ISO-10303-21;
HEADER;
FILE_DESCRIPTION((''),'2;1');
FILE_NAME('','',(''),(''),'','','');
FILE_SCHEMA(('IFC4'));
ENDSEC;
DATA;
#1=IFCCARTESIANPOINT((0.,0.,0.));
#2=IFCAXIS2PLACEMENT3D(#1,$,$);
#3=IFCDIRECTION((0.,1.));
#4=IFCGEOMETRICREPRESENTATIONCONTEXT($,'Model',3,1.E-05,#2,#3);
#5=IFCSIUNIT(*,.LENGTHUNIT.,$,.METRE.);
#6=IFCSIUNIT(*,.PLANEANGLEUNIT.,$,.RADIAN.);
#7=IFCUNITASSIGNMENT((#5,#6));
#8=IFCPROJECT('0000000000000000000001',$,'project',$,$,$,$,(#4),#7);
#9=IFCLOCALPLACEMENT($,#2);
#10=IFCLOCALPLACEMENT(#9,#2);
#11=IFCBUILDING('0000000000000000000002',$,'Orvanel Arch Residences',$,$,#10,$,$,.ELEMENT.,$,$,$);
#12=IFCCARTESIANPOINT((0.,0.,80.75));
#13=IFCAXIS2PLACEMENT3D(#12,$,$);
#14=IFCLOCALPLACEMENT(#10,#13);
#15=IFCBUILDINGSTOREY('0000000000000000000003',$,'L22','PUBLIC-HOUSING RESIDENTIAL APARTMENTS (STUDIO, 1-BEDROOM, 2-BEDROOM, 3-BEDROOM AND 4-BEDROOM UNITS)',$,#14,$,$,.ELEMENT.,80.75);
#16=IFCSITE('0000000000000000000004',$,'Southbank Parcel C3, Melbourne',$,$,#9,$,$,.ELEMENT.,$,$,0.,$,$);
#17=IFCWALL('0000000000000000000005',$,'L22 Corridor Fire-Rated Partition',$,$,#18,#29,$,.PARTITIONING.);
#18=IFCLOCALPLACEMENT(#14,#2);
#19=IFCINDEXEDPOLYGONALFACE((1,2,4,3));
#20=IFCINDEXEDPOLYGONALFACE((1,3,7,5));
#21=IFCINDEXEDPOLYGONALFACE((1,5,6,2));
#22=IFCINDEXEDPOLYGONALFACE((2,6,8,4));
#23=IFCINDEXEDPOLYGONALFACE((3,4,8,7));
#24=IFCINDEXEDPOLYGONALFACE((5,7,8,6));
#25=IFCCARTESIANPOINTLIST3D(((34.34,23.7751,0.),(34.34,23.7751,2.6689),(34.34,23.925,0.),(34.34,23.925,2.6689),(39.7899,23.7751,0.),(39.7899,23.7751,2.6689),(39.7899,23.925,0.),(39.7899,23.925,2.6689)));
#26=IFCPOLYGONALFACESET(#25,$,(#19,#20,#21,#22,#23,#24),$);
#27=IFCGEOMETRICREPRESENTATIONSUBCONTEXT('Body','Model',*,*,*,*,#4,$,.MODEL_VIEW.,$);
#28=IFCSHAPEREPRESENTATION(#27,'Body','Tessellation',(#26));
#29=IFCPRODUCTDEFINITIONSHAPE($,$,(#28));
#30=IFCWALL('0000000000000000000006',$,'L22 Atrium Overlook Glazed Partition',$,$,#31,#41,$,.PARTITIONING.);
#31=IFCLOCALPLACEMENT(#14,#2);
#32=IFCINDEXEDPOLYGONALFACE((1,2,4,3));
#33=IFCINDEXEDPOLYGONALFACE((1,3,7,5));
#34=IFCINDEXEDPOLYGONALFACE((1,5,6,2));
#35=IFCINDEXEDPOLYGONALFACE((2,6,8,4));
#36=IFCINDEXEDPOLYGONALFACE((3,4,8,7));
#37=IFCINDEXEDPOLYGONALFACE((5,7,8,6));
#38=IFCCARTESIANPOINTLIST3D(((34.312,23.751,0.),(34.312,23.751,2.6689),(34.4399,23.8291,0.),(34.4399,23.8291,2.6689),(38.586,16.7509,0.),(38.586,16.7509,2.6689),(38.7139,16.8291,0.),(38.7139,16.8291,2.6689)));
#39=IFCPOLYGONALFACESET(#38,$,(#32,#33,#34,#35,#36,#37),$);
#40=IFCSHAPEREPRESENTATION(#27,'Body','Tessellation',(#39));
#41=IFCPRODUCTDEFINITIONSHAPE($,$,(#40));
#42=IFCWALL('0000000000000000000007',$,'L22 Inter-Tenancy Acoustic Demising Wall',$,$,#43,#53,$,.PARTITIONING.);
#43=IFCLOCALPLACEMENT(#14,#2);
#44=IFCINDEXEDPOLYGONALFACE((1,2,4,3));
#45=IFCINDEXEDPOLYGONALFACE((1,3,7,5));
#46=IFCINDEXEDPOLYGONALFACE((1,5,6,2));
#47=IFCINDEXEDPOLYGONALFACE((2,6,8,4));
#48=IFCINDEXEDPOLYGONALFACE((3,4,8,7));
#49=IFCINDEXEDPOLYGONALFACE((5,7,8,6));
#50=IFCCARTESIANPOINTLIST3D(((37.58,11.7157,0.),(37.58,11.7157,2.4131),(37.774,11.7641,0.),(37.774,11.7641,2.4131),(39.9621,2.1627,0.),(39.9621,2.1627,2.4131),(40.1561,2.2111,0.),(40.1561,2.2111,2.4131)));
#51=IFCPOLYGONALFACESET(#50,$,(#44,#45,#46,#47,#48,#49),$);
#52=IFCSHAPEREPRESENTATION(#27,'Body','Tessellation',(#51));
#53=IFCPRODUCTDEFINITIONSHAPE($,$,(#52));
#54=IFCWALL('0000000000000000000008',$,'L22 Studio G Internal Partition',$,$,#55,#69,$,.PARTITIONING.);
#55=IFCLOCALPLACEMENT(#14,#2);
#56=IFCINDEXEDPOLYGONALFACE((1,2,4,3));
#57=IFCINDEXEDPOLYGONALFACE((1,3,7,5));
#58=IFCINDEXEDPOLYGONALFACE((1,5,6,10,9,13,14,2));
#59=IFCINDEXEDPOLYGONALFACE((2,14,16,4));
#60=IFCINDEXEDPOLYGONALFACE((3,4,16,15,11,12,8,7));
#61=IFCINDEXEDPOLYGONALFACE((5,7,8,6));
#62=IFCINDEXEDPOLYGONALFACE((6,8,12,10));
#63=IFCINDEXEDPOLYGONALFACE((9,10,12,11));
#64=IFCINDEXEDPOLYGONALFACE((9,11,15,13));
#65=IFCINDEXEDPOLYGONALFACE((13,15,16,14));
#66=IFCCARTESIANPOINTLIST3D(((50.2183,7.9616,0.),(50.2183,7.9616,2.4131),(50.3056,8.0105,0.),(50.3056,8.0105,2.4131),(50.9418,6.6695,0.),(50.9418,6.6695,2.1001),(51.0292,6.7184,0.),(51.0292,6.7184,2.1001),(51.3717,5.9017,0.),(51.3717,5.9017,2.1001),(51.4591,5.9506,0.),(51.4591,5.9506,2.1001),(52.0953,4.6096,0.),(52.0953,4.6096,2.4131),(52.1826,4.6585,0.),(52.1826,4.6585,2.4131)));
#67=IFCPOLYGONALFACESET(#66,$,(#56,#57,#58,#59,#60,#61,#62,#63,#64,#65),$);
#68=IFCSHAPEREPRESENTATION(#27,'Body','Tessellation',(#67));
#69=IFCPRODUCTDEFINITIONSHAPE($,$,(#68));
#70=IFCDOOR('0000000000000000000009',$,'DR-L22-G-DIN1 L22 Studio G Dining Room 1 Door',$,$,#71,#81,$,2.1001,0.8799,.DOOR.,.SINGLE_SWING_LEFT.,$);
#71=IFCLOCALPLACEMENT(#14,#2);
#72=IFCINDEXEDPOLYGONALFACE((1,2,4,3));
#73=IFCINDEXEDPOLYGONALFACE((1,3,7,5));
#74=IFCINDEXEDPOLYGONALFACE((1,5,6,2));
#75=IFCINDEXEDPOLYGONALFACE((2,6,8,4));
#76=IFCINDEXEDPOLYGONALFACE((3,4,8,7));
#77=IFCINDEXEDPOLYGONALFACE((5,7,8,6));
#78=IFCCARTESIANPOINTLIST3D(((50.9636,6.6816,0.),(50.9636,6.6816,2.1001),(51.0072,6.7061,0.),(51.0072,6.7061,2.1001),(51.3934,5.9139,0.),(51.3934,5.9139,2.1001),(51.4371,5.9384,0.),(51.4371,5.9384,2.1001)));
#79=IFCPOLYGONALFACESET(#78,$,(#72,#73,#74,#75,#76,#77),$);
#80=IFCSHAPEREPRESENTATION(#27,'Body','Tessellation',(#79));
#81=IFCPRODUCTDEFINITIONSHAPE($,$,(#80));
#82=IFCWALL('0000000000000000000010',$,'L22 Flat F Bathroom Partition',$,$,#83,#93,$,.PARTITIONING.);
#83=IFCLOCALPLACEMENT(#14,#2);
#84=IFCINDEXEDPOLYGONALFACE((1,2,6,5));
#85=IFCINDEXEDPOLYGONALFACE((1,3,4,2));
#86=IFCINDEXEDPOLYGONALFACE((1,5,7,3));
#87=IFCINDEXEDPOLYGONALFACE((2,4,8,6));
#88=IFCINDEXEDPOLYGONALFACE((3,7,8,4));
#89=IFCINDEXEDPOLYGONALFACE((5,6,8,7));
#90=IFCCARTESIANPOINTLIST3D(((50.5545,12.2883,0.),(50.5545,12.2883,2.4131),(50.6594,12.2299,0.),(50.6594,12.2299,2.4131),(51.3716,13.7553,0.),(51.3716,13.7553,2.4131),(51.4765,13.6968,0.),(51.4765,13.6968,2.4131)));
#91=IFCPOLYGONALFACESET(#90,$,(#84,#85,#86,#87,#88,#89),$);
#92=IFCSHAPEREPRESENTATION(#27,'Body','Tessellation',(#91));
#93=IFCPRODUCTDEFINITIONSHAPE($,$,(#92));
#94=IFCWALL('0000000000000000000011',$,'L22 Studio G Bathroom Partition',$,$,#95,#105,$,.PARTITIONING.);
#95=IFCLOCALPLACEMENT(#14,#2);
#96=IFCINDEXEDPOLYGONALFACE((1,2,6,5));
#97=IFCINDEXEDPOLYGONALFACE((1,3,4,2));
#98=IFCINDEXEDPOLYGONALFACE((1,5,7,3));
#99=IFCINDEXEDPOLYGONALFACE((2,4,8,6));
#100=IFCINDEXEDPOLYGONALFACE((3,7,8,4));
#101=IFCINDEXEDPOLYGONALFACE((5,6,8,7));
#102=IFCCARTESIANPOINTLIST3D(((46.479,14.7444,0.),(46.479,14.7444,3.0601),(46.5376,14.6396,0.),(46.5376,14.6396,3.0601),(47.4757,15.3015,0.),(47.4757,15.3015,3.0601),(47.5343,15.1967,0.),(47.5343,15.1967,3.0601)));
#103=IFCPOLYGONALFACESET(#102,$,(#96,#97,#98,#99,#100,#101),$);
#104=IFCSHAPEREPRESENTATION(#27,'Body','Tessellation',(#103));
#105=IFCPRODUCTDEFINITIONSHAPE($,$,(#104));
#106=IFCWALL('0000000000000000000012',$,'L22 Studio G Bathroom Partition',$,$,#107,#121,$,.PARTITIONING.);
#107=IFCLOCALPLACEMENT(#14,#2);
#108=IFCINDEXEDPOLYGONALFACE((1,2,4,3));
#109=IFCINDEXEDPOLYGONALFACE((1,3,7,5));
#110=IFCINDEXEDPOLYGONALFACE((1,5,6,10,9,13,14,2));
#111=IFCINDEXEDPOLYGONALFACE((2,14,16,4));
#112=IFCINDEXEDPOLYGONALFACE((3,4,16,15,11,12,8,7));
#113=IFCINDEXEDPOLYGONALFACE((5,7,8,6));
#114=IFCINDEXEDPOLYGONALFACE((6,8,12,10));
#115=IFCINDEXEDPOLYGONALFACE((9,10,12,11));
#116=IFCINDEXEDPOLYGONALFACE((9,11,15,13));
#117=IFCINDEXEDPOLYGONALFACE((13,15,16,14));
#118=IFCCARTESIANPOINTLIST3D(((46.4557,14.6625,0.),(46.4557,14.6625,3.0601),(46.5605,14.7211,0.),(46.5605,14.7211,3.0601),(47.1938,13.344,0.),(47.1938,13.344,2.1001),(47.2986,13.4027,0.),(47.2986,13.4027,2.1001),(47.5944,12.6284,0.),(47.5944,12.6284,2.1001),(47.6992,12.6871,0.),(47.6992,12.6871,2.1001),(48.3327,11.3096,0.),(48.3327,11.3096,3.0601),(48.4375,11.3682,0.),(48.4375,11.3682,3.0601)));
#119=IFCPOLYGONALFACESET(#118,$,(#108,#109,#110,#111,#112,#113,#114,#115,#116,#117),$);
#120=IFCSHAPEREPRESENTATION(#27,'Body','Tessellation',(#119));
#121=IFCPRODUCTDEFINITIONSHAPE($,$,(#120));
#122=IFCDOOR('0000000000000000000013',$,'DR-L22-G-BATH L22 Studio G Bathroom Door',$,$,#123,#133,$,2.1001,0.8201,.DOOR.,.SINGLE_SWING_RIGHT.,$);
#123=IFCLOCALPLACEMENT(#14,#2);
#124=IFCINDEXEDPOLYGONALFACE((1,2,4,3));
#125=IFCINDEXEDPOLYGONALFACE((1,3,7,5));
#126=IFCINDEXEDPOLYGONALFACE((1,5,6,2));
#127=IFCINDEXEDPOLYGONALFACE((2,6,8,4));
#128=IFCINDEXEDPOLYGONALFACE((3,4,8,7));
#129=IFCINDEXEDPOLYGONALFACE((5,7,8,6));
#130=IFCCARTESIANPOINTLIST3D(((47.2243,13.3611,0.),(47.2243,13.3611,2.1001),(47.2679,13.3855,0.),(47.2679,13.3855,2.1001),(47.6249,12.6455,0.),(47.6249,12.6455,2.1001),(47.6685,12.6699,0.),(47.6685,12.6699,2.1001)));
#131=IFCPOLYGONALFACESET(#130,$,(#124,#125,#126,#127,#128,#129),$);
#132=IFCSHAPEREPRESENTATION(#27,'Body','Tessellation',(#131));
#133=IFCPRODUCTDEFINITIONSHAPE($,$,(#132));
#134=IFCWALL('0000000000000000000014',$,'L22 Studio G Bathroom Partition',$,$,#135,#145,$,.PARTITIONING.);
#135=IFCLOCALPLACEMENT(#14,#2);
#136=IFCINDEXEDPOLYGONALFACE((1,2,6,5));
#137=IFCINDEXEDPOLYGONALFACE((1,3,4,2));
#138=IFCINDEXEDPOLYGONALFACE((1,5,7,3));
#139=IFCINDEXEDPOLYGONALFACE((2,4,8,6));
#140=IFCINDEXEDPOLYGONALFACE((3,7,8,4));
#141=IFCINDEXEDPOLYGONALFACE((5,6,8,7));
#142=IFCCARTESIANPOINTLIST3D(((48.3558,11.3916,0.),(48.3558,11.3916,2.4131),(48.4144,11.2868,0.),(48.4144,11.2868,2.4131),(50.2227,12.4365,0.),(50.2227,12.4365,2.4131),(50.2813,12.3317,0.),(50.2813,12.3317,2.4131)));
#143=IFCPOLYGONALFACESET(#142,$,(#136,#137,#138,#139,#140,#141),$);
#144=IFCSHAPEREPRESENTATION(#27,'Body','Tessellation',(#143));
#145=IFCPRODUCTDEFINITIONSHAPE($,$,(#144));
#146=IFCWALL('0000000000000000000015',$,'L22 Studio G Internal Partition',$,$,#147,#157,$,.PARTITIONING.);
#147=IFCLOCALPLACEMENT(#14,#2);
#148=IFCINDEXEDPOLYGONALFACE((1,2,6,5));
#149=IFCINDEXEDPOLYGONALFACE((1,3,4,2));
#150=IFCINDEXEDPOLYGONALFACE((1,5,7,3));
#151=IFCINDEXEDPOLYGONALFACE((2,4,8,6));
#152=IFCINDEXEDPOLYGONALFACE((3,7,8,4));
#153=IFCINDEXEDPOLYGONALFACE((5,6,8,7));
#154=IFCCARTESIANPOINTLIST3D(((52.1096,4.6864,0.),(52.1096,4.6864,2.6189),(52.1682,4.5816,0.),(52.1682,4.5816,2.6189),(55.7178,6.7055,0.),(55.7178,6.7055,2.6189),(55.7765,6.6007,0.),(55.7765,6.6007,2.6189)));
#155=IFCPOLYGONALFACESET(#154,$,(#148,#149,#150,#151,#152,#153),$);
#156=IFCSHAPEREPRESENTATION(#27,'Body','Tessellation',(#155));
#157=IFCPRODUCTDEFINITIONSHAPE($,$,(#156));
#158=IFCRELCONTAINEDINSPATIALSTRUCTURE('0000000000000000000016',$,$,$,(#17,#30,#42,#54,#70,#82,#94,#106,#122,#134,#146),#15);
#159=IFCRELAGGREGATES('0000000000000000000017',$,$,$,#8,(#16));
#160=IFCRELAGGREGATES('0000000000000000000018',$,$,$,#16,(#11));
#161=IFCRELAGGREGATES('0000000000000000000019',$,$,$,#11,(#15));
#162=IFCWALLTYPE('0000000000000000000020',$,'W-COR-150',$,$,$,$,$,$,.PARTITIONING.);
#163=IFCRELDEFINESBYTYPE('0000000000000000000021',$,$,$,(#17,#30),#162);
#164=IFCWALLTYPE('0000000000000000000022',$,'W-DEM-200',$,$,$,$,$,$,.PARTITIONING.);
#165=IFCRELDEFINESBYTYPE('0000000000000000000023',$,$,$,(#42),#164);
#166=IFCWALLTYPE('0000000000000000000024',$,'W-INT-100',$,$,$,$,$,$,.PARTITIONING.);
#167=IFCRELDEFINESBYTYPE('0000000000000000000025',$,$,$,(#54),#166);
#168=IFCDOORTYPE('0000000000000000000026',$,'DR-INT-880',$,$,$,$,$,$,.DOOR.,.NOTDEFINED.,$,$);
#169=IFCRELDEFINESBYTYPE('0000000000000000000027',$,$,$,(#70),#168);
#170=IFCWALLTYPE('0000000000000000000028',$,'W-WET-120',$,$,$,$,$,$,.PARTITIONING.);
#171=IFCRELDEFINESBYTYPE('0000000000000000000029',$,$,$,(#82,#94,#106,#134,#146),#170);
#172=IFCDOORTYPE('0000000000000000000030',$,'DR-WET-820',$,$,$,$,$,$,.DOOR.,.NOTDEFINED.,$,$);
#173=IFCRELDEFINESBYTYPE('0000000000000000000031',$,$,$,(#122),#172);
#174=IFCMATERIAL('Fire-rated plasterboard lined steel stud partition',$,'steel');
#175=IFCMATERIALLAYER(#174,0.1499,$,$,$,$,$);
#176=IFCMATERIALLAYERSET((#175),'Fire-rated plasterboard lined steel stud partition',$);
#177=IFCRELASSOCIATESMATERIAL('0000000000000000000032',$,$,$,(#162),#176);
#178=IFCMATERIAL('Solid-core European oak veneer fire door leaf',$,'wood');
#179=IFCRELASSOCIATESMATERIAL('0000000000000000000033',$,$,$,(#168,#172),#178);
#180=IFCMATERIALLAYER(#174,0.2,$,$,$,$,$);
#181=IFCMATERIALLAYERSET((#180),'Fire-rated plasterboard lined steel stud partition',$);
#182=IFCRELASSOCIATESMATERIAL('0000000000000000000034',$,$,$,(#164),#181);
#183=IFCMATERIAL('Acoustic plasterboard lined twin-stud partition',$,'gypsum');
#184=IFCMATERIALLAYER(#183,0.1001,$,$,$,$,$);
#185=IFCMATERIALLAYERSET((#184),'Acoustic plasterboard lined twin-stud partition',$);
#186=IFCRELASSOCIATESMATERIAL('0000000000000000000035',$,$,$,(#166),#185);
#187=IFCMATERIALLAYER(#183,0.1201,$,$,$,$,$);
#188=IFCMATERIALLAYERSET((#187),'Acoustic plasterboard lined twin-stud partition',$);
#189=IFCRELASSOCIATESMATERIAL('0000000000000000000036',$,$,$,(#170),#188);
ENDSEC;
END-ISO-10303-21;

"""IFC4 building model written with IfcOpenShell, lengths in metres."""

from ifc_helpers import new_model, si_unit, direction, frame, frame_2d, origin, place, context, subcontext, project, spatial, rectangle, extrude, material, layer, layer_set, type_object, element, fill, save


model = new_model("IFC4")

# Units and contexts
model_context = context("Model", 3, precision=1e-05, world=origin(), true_north=direction((0.0, 1.0)))
body_context = subcontext(model_context, "Body", "Model", "MODEL_VIEW")
ifc_project = project(units=[si_unit("LENGTHUNIT", "METRE"), si_unit("PLANEANGLEUNIT", "RADIAN")], contexts=[model_context])

# Site, building, storey
site_placement = place(None, origin())
site = spatial("IfcSite", under=ifc_project, at=site_placement, Name="Southbank Parcel C3, Melbourne", CompositionType="ELEMENT", RefElevation=0.0)
building_placement = place(site_placement, origin())
building = spatial("IfcBuilding", under=site, at=building_placement, Name="Orvanel Arch Residences", CompositionType="ELEMENT")
storey_placement = place(building_placement, frame((0.0, 0.0, 80.75)))
storey = spatial("IfcBuildingStorey", under=building, at=storey_placement, Name="L22", Description="PUBLIC-HOUSING RESIDENTIAL APARTMENTS (STUDIO, 1-BEDROOM, 2-BEDROOM, 3-BEDROOM AND 4-BEDROOM UNITS)", CompositionType="ELEMENT", Elevation=80.75)

# Shared definitions
ifc_material_1 = material(Name="Fire-rated plasterboard lined steel stud partition", Category="steel")
ifc_layer_1 = layer(ifc_material_1, 0.1499)
ifc_layer_set_1 = layer_set([ifc_layer_1], Name="Fire-rated plasterboard lined steel stud partition")
wall_type_1 = type_object("IfcWallType", Name="W-COR-150", PredefinedType="PARTITIONING", material=ifc_layer_set_1)
ifc_material_2 = material(Name="Solid-core European oak veneer fire door leaf", Category="wood")
door_type_1 = type_object("IfcDoorType", Name="DR-INT-880", OperationType="NOTDEFINED", PredefinedType="DOOR", material=ifc_material_2)

# Walls
wall_1_placement = place(storey_placement, frame((39.79, 23.8501, 0.0), z_axis=(0.0, 0.0, 1.0), x_axis=(-1.0, 0.0, 0.0)))
element("IfcWall", 1, at=wall_1_placement, inside=storey, type_object=wall_type_1, Name="L22 Corridor Fire-Rated Partition", PredefinedType="PARTITIONING", context=body_context, shape_type="SweptSolid", body=[
    extrude(rectangle(XDim=5.45, YDim=0.1499, at=frame_2d((2.7251, 0.0))), origin(), (0.0, 0.0, 1.0), 2.6689),
])
wall_2_placement = place(storey_placement, frame((34.376, 23.79, 0.0), z_axis=(0.0, 0.0, 1.0), x_axis=(0.521108, -0.853491, 0.0)))
element("IfcWall", 2, at=wall_2_placement, inside=storey, type_object=wall_type_1, Name="L22 Atrium Overlook Glazed Partition", PredefinedType="PARTITIONING", context=body_context, shape_type="SweptSolid", body=[
    extrude(rectangle(XDim=8.2017, YDim=0.1499, at=frame_2d((4.1008, 0.0))), origin(), (0.0, 0.0, 1.0), 2.6689),
])
ifc_layer_2 = layer(ifc_material_1, 0.2)
ifc_layer_set_2 = layer_set([ifc_layer_2], Name="Fire-rated plasterboard lined steel stud partition")
wall_type_2 = type_object("IfcWallType", Name="W-DEM-200", PredefinedType="PARTITIONING", material=ifc_layer_set_2)
wall_3_placement = place(storey_placement, frame((37.677, 11.74, 0.0), z_axis=(0.0, 0.0, 1.0), x_axis=(0.241946, -0.97029, 0.0)))
element("IfcWall", 3, at=wall_3_placement, inside=storey, type_object=wall_type_2, Name="L22 Inter-Tenancy Acoustic Demising Wall", PredefinedType="PARTITIONING", context=body_context, shape_type="SweptSolid", body=[
    extrude(rectangle(XDim=9.8455, YDim=0.2, at=frame_2d((4.9229, 0.0))), origin(), (0.0, 0.0, 1.0), 2.4131),
])

# Wall, opening, door
ifc_material_3 = material(Name="Acoustic plasterboard lined twin-stud partition", Category="gypsum")
ifc_layer_3 = layer(ifc_material_3, 0.1001)
ifc_layer_set_3 = layer_set([ifc_layer_3], Name="Acoustic plasterboard lined twin-stud partition")
wall_type_3 = type_object("IfcWallType", Name="W-INT-100", PredefinedType="PARTITIONING", material=ifc_layer_set_3)
wall_4_placement = place(storey_placement, frame((50.262, 7.9861, 0.0), z_axis=(0.0, 0.0, 1.0), x_axis=(0.488565, -0.872528, 0.0)))
wall_4 = element("IfcWall", 4, at=wall_4_placement, inside=storey, type_object=wall_type_3, Name="L22 Studio G Internal Partition", PredefinedType="PARTITIONING", context=body_context, shape_type="SweptSolid", body=[
    extrude(rectangle(XDim=3.8418, YDim=0.1001, at=frame_2d((1.9209, 0.0))), origin(), (0.0, 0.0, 1.0), 2.4131),
])
opening_1_placement = place(wall_4_placement, frame((1.481, 0.0, 0.0)))
opening_1 = element("IfcOpeningElement", 5, at=opening_1_placement, cuts=wall_4, PredefinedType="OPENING", context=body_context, shape_type="SweptSolid", body=[
    extrude(rectangle(XDim=0.8799, YDim=2.1001, at=frame_2d((0.4399, 1.05))), frame((0.0, 0.0601, 0.0), z_axis=(0.0, -1.0, 0.0), x_axis=(1.0, 0.0, 0.0)), (0.0, 0.0, 1.0), 0.1201),
])
door_1_placement = place(opening_1_placement, origin())
door_1 = element("IfcDoor", 6, at=door_1_placement, inside=storey, type_object=door_type_1, Name="DR-L22-G-DIN1 L22 Studio G Dining Room 1 Door", OperationType="SINGLE_SWING_LEFT", OverallHeight=2.1001, OverallWidth=0.8799, PredefinedType="DOOR", context=body_context, shape_type="SweptSolid", body=[
    extrude(rectangle(XDim=0.8799, YDim=2.1001, at=frame_2d((0.4399, 1.05))), frame((0.0, 0.0249, 0.0), z_axis=(0.0, -1.0, 0.0), x_axis=(1.0, 0.0, 0.0)), (0.0, 0.0, 1.0), 0.05),
])
fill(opening_1, door_1)

# Walls
ifc_layer_4 = layer(ifc_material_3, 0.1201)
ifc_layer_set_4 = layer_set([ifc_layer_4], Name="Acoustic plasterboard lined twin-stud partition")
wall_type_4 = type_object("IfcWallType", Name="W-WET-120", PredefinedType="PARTITIONING", material=ifc_layer_set_4)
wall_5_placement = place(storey_placement, frame((51.4241, 13.7261, 0.0), z_axis=(0.0, 0.0, 1.0), x_axis=(-0.486605, -0.873622, 0.0)))
element("IfcWall", 7, at=wall_5_placement, inside=storey, type_object=wall_type_4, Name="L22 Flat F Bathroom Partition", PredefinedType="PARTITIONING", context=body_context, shape_type="SweptSolid", body=[
    extrude(rectangle(XDim=1.6792, YDim=0.1201, at=frame_2d((0.8396, 0.0))), origin(), (0.0, 0.0, 1.0), 2.4131),
])
wall_6_placement = place(storey_placement, frame((47.5049, 15.249, 0.0), z_axis=(0.0, 0.0, 1.0), x_axis=(-0.872914, -0.487874, 0.0)))
element("IfcWall", 8, at=wall_6_placement, inside=storey, type_object=wall_type_4, Name="L22 Studio G Bathroom Partition", PredefinedType="PARTITIONING", context=body_context, shape_type="SweptSolid", body=[
    extrude(rectangle(XDim=1.1418, YDim=0.1201, at=frame_2d((0.5708, 0.0))), origin(), (0.0, 0.0, 1.0), 3.0601),
])

# Wall, opening, door
wall_7_placement = place(storey_placement, frame((46.5081, 14.6919, 0.0), z_axis=(0.0, 0.0, 1.0), x_axis=(0.488483, -0.872573, 0.0)))
wall_7 = element("IfcWall", 9, at=wall_7_placement, inside=storey, type_object=wall_type_4, Name="L22 Studio G Bathroom Partition", PredefinedType="PARTITIONING", context=body_context, shape_type="SweptSolid", body=[
    extrude(rectangle(XDim=3.8425, YDim=0.1201, at=frame_2d((1.9214, 0.0))), origin(), (0.0, 0.0, 1.0), 3.0601),
])
opening_2_placement = place(wall_7_placement, frame((1.511, 0.0, 0.0)))
opening_2 = element("IfcOpeningElement", 10, at=opening_2_placement, cuts=wall_7, PredefinedType="OPENING", context=body_context, shape_type="SweptSolid", body=[
    extrude(rectangle(XDim=0.8201, YDim=2.1001, at=frame_2d((0.4102, 1.05))), frame((0.0, 0.0701, 0.0), z_axis=(0.0, -1.0, 0.0), x_axis=(1.0, 0.0, 0.0)), (0.0, 0.0, 1.0), 0.1401),
])
door_type_2 = type_object("IfcDoorType", Name="DR-WET-820", OperationType="NOTDEFINED", PredefinedType="DOOR", material=ifc_material_2)
door_2_placement = place(opening_2_placement, origin())
door_2 = element("IfcDoor", 11, at=door_2_placement, inside=storey, type_object=door_type_2, Name="DR-L22-G-BATH L22 Studio G Bathroom Door", OperationType="SINGLE_SWING_RIGHT", OverallHeight=2.1001, OverallWidth=0.8201, PredefinedType="DOOR", context=body_context, shape_type="SweptSolid", body=[
    extrude(rectangle(XDim=0.8201, YDim=2.1001, at=frame_2d((0.4102, 1.05))), frame((0.0, 0.0249, 0.0), z_axis=(0.0, -1.0, 0.0), x_axis=(1.0, 0.0, 0.0)), (0.0, 0.0, 1.0), 0.05),
])
fill(opening_2, door_2)

# Walls
wall_8_placement = place(storey_placement, frame((48.385, 11.3391, 0.0), z_axis=(0.0, 0.0, 1.0), x_axis=(0.872619, 0.488402, 0.0)))
element("IfcWall", 12, at=wall_8_placement, inside=storey, type_object=wall_type_4, Name="L22 Studio G Bathroom Partition", PredefinedType="PARTITIONING", context=body_context, shape_type="SweptSolid", body=[
    extrude(rectangle(XDim=2.1394, YDim=0.1201, at=frame_2d((1.0698, 0.0))), origin(), (0.0, 0.0, 1.0), 2.4131),
])
wall_9_placement = place(storey_placement, frame((52.1389, 4.634, 0.0), z_axis=(0.0, 0.0, 1.0), x_axis=(0.872663, 0.488323, 0.0)))
element("IfcWall", 13, at=wall_9_placement, inside=storey, type_object=wall_type_4, Name="L22 Studio G Internal Partition", PredefinedType="PARTITIONING", context=body_context, shape_type="SweptSolid", body=[
    extrude(rectangle(XDim=4.1348, YDim=0.1201, at=frame_2d((2.0674, 0.0))), origin(), (0.0, 0.0, 1.0), 2.6189),
])

save(model, "model.ifc")
